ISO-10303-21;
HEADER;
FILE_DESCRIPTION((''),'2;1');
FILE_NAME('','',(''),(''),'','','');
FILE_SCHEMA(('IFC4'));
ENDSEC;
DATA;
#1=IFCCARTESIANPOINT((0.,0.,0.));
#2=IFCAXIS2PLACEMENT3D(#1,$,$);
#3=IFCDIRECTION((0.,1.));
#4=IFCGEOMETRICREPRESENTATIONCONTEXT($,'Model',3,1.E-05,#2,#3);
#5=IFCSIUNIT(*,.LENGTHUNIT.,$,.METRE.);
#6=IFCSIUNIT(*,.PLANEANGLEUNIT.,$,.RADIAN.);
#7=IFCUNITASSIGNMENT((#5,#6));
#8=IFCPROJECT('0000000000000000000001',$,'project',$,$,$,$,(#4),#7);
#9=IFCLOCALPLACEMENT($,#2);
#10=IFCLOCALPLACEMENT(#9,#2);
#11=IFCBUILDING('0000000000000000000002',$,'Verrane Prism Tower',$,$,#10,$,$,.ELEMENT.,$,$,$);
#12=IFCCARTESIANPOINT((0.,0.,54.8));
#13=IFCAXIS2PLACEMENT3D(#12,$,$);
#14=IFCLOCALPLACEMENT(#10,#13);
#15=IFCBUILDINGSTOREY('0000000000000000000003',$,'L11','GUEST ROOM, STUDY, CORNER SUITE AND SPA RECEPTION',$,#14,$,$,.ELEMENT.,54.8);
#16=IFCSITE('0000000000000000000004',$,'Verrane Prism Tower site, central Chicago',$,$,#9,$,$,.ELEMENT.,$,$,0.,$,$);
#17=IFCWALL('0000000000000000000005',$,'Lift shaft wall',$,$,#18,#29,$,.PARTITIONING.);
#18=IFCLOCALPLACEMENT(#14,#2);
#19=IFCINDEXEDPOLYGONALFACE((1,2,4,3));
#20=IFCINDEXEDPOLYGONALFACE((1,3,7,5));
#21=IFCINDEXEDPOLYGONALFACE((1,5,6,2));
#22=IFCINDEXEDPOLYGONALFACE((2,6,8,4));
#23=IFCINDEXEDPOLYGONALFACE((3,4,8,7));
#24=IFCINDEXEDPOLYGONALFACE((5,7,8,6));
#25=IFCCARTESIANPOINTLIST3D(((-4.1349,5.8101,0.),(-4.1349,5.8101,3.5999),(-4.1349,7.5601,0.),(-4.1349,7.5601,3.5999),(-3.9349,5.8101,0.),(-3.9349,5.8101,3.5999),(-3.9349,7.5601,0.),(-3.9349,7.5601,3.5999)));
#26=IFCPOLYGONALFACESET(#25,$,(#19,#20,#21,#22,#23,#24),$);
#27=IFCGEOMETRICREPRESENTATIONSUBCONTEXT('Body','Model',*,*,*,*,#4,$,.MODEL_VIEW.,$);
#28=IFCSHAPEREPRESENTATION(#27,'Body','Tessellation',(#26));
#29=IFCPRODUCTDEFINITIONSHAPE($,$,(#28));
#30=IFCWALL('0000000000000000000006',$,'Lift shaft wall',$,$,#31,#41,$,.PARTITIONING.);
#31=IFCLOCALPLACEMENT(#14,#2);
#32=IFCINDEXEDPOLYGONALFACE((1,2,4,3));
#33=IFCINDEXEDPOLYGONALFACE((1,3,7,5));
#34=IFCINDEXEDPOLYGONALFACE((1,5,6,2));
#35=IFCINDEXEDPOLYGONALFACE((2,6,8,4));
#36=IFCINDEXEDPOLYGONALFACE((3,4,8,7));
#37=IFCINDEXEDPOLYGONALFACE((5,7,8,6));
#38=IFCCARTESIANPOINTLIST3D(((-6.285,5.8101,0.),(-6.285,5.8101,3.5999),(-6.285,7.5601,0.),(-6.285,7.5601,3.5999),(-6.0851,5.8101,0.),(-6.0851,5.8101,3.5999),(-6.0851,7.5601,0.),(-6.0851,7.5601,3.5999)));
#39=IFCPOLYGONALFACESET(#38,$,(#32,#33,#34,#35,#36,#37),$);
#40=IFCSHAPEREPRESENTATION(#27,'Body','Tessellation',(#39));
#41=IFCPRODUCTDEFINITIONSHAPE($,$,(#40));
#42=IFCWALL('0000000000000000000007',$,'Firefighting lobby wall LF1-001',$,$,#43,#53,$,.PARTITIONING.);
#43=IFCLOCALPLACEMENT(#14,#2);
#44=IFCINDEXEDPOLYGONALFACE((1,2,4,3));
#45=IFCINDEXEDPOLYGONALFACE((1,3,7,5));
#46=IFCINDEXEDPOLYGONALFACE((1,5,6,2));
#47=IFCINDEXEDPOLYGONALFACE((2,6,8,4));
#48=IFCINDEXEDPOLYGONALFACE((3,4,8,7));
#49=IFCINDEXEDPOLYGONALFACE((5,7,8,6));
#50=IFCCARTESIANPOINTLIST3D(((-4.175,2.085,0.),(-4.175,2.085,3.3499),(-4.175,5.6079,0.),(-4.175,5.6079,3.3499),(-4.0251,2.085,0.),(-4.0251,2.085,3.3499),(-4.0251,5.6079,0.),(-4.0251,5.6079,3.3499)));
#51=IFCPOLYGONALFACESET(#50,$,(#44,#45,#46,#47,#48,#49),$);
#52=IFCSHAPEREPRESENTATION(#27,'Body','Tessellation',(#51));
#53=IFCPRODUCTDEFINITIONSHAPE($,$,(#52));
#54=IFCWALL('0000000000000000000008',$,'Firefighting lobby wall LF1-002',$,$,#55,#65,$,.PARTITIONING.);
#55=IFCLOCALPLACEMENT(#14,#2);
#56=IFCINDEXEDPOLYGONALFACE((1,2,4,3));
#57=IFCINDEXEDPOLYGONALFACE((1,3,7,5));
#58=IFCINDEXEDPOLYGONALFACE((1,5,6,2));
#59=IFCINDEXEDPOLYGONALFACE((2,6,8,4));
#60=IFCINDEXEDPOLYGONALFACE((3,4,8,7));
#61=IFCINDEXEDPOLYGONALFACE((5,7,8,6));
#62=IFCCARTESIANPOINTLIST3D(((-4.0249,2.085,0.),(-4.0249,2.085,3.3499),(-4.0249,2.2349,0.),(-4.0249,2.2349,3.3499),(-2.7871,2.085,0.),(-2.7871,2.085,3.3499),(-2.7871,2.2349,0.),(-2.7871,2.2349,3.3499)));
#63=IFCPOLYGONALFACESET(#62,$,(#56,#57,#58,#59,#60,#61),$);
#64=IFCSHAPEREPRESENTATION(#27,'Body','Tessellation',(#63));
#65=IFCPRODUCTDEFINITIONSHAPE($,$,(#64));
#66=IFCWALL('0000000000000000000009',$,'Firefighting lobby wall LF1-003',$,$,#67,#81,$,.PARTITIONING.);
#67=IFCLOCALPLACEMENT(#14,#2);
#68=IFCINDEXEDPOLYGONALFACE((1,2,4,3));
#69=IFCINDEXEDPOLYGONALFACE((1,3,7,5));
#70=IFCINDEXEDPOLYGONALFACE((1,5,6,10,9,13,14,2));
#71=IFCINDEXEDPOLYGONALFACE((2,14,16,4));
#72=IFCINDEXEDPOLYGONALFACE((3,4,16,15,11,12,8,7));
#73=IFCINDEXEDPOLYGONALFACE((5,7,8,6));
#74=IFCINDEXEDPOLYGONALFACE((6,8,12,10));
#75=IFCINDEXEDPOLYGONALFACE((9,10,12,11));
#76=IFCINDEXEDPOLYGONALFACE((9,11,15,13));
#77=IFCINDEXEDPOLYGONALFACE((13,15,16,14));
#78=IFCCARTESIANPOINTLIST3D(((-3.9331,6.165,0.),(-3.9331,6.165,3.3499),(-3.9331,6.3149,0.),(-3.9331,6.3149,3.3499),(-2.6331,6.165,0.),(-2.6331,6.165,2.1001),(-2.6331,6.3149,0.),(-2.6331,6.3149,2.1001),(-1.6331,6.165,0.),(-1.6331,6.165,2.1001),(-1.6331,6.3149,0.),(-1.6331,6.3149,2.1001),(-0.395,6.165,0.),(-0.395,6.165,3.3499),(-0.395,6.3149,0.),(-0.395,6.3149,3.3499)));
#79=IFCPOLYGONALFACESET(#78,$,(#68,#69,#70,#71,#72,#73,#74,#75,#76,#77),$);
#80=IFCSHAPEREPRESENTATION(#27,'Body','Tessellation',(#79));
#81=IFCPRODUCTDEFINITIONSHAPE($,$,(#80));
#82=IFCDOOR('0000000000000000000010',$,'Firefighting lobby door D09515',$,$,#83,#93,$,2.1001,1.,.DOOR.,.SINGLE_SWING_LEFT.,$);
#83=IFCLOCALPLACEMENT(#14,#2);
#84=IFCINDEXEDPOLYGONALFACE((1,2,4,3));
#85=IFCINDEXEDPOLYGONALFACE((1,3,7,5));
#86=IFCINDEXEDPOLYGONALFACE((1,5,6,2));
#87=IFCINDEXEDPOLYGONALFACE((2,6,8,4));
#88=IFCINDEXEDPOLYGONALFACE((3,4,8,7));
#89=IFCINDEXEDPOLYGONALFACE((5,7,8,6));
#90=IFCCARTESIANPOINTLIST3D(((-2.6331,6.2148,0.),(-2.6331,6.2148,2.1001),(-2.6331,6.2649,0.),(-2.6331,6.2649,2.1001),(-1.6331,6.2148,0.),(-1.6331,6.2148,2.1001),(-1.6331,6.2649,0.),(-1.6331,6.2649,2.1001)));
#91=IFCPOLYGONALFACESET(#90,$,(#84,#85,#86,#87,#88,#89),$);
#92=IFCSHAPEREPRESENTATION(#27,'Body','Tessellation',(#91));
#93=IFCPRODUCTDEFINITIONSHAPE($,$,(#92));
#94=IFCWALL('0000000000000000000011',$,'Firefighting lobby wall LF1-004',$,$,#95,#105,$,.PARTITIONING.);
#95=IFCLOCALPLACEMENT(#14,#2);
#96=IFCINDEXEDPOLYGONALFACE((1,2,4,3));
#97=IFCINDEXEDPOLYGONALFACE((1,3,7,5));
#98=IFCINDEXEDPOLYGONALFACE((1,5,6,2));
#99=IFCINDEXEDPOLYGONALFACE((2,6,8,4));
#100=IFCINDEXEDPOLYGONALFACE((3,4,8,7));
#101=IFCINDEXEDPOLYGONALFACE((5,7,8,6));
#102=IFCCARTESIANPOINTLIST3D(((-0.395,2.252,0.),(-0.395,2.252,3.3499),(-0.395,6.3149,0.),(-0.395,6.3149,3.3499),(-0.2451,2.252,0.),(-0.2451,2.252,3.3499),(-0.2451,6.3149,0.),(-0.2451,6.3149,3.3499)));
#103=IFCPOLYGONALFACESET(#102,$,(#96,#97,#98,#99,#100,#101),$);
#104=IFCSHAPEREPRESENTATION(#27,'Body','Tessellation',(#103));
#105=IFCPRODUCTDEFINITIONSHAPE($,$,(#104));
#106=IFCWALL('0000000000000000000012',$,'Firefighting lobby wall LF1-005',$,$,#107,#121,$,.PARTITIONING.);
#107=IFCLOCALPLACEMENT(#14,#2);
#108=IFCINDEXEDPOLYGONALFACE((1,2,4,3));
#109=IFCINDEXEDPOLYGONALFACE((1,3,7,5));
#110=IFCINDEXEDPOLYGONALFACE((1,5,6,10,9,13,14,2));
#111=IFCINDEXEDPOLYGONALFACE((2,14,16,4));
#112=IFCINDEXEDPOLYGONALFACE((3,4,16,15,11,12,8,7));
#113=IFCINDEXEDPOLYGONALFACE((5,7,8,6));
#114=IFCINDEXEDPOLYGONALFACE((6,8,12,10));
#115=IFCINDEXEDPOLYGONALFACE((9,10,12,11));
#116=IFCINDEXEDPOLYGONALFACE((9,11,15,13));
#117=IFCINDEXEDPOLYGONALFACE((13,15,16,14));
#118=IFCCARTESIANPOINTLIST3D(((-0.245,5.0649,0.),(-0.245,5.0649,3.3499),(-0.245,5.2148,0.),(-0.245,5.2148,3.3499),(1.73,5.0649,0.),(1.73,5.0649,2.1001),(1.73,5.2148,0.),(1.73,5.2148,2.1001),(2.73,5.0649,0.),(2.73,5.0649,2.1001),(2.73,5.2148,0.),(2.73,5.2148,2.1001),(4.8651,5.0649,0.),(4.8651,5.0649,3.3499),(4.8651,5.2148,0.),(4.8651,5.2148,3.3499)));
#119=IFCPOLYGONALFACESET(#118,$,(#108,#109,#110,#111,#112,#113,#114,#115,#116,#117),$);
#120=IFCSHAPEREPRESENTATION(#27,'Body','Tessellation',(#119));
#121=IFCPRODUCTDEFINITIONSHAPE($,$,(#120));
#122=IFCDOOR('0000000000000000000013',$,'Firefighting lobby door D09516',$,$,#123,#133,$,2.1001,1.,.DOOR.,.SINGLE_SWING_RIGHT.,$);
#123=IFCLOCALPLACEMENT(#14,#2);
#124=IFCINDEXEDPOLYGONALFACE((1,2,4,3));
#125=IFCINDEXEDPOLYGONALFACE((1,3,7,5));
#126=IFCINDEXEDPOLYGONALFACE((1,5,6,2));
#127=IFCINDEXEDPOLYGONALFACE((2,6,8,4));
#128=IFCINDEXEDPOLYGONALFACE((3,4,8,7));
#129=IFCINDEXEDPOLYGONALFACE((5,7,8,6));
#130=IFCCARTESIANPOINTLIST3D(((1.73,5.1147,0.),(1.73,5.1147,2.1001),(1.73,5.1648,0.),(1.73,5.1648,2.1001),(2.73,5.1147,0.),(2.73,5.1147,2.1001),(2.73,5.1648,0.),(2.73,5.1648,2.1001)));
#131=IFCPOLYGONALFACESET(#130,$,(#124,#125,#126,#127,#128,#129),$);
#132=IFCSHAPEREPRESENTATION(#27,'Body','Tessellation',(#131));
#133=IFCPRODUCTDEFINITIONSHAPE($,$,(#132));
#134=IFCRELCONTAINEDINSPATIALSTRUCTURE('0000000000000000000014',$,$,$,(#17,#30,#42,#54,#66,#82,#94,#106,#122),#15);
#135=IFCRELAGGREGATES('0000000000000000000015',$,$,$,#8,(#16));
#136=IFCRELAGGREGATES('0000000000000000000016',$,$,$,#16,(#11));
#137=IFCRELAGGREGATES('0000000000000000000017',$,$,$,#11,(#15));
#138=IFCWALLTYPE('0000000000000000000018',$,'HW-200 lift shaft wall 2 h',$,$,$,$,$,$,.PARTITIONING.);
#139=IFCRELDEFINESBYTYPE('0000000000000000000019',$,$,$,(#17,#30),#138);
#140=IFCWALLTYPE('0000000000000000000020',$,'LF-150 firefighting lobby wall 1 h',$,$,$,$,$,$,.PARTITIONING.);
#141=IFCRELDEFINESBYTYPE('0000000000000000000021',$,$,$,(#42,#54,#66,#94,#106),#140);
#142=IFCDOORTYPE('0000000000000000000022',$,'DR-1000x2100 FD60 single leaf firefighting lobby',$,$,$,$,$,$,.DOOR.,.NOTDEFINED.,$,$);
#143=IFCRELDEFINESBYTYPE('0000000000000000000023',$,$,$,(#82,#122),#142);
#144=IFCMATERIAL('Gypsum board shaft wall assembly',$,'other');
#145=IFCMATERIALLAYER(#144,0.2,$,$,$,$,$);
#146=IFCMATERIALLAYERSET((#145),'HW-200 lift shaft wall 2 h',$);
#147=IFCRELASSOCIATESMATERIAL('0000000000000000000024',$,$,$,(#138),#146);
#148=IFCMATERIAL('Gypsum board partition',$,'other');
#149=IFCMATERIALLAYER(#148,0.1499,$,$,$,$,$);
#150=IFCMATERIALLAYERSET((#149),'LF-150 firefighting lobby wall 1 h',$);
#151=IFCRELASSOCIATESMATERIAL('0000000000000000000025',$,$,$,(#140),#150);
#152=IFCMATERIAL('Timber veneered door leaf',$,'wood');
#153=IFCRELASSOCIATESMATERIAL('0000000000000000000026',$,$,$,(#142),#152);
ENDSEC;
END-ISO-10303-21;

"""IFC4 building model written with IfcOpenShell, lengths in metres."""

from ifc_helpers import new_model, si_unit, direction, frame, frame_2d, origin, place, context, subcontext, project, spatial, rectangle, extrude, material, layer, layer_set, type_object, element, fill, save


model = new_model("IFC4")

# Units and contexts
model_context = context("Model", 3, precision=1e-05, world=origin(), true_north=direction((0.0, 1.0)))
body_context = subcontext(model_context, "Body", "Model", "MODEL_VIEW")
ifc_project = project(units=[si_unit("LENGTHUNIT", "METRE"), si_unit("PLANEANGLEUNIT", "RADIAN")], contexts=[model_context])

# Site, building, storey
site_placement = place(None, origin())
site = spatial("IfcSite", under=ifc_project, at=site_placement, Name="Verrane Prism Tower site, central Chicago", CompositionType="ELEMENT", RefElevation=0.0)
building_placement = place(site_placement, origin())
building = spatial("IfcBuilding", under=site, at=building_placement, Name="Verrane Prism Tower", CompositionType="ELEMENT")
storey_placement = place(building_placement, frame((0.0, 0.0, 54.8)))
storey = spatial("IfcBuildingStorey", under=building, at=storey_placement, Name="L11", Description="GUEST ROOM, STUDY, CORNER SUITE AND SPA RECEPTION", CompositionType="ELEMENT", Elevation=54.8)

# Shared definitions
ifc_material_1 = material(Name="Gypsum board shaft wall assembly", Category="other")
ifc_layer_1 = layer(ifc_material_1, 0.2)
ifc_layer_set_1 = layer_set([ifc_layer_1], Name="HW-200 lift shaft wall 2 h")
wall_type_1 = type_object("IfcWallType", Name="HW-200 lift shaft wall 2 h", PredefinedType="PARTITIONING", material=ifc_layer_set_1)

# Walls
for number, where, z_axis, x_axis, name in (
    (1, (-4.0349, 5.8101, 0.0), (0.0, 0.0, 1.0), (0.0, 1.0, 0.0), "Lift shaft wall"),
    (2, (-6.1851, 5.8101, 0.0), (0.0, 0.0, 1.0), (0.0, 1.0, 0.0), "Lift shaft wall"),
):
    element("IfcWall", number, at=place(storey_placement, frame(where, z_axis=z_axis, x_axis=x_axis)), inside=storey, type_object=wall_type_1, Name=name, PredefinedType="PARTITIONING", context=body_context, shape_type="SweptSolid", body=[
        extrude(rectangle(XDim=1.75, YDim=0.2, at=frame_2d((0.875, 0.0))), origin(), (0.0, 0.0, 1.0), 3.5999),
    ])
ifc_material_2 = material(Name="Gypsum board partition", Category="other")
ifc_layer_2 = layer(ifc_material_2, 0.1499)
ifc_layer_set_2 = layer_set([ifc_layer_2], Name="LF-150 firefighting lobby wall 1 h")
wall_type_2 = type_object("IfcWallType", Name="LF-150 firefighting lobby wall 1 h", PredefinedType="PARTITIONING", material=ifc_layer_set_2)
wall_1_placement = place(storey_placement, frame((-4.1001, 2.085, 0.0), z_axis=(0.0, 0.0, 1.0), x_axis=(0.0, 1.0, 0.0)))
element("IfcWall", 3, at=wall_1_placement, inside=storey, type_object=wall_type_2, Name="Firefighting lobby wall LF1-001", PredefinedType="PARTITIONING", context=body_context, shape_type="SweptSolid", body=[
    extrude(rectangle(XDim=3.5229, YDim=0.1499, at=frame_2d((1.7615, 0.0))), origin(), (0.0, 0.0, 1.0), 3.3499),
])
wall_2_placement = place(storey_placement, frame((-4.0249, 2.1599, 0.0), z_axis=(0.0, 0.0, 1.0), x_axis=(1.0, 0.0, 0.0)))
element("IfcWall", 4, at=wall_2_placement, inside=storey, type_object=wall_type_2, Name="Firefighting lobby wall LF1-002", PredefinedType="PARTITIONING", context=body_context, shape_type="SweptSolid", body=[
    extrude(rectangle(XDim=1.2378, YDim=0.1499, at=frame_2d((0.6189, 0.0))), origin(), (0.0, 0.0, 1.0), 3.3499),
])

# Wall, opening, door
wall_3_placement = place(storey_placement, frame((-3.9331, 6.24, 0.0), z_axis=(0.0, 0.0, 1.0), x_axis=(1.0, 0.0, 0.0)))
wall_3 = element("IfcWall", 5, at=wall_3_placement, inside=storey, type_object=wall_type_2, Name="Firefighting lobby wall LF1-003", PredefinedType="PARTITIONING", context=body_context, shape_type="SweptSolid", body=[
    extrude(rectangle(XDim=3.5381, YDim=0.1499, at=frame_2d((1.769, 0.0))), origin(), (0.0, 0.0, 1.0), 3.3499),
])
opening_1_placement = place(wall_3_placement, frame((1.3, 0.0, 0.0)))
opening_1 = element("IfcOpeningElement", 6, at=opening_1_placement, cuts=wall_3, PredefinedType="OPENING", context=body_context, shape_type="SweptSolid", body=[
    extrude(rectangle(XDim=1.0, YDim=2.1001, at=frame_2d((0.5, 1.05))), frame((0.0, 0.085, 0.0), z_axis=(0.0, -1.0, 0.0), x_axis=(1.0, 0.0, 0.0)), (0.0, 0.0, 1.0), 0.1699),
])
ifc_material_3 = material(Name="Timber veneered door leaf", Category="wood")
door_type_1 = type_object("IfcDoorType", Name="DR-1000x2100 FD60 single leaf firefighting lobby", OperationType="NOTDEFINED", PredefinedType="DOOR", material=ifc_material_3)
door_1_placement = place(opening_1_placement, origin())
door_1 = element("IfcDoor", 7, at=door_1_placement, inside=storey, type_object=door_type_1, Name="Firefighting lobby door D09515", OperationType="SINGLE_SWING_LEFT", OverallHeight=2.1001, OverallWidth=1.0, PredefinedType="DOOR", context=body_context, shape_type="SweptSolid", body=[
    extrude(rectangle(XDim=1.0, YDim=2.1001, at=frame_2d((0.5, 1.05))), frame((0.0, 0.0249, 0.0), z_axis=(0.0, -1.0, 0.0), x_axis=(1.0, 0.0, 0.0)), (0.0, 0.0, 1.0), 0.05),
])
fill(opening_1, door_1)

# Wall
wall_4_placement = place(storey_placement, frame((-0.3201, 2.252, 0.0), z_axis=(0.0, 0.0, 1.0), x_axis=(0.0, 1.0, 0.0)))
element("IfcWall", 8, at=wall_4_placement, inside=storey, type_object=wall_type_2, Name="Firefighting lobby wall LF1-004", PredefinedType="PARTITIONING", context=body_context, shape_type="SweptSolid", body=[
    extrude(rectangle(XDim=4.063, YDim=0.1499, at=frame_2d((2.0315, 0.0))), origin(), (0.0, 0.0, 1.0), 3.3499),
])

# Wall, opening, door
wall_5_placement = place(storey_placement, frame((-0.2451, 5.1399, 0.0), z_axis=(0.0, 0.0, 1.0), x_axis=(1.0, 0.0, 0.0)))
wall_5 = element("IfcWall", 9, at=wall_5_placement, inside=storey, type_object=wall_type_2, Name="Firefighting lobby wall LF1-005", PredefinedType="PARTITIONING", context=body_context, shape_type="SweptSolid", body=[
    extrude(rectangle(XDim=5.1101, YDim=0.1499, at=frame_2d((2.5552, 0.0))), origin(), (0.0, 0.0, 1.0), 3.3499),
])
opening_2_placement = place(wall_5_placement, frame((1.9751, 0.0, 0.0)))
opening_2 = element("IfcOpeningElement", 10, at=opening_2_placement, cuts=wall_5, PredefinedType="OPENING", context=body_context, shape_type="SweptSolid", body=[
    extrude(rectangle(XDim=1.0, YDim=2.1001, at=frame_2d((0.5, 1.05))), frame((0.0, 0.085, 0.0), z_axis=(0.0, -1.0, 0.0), x_axis=(1.0, 0.0, 0.0)), (0.0, 0.0, 1.0), 0.1699),
])
door_2_placement = place(opening_2_placement, origin())
door_2 = element("IfcDoor", 11, at=door_2_placement, inside=storey, type_object=door_type_1, Name="Firefighting lobby door D09516", OperationType="SINGLE_SWING_RIGHT", OverallHeight=2.1001, OverallWidth=1.0, PredefinedType="DOOR", context=body_context, shape_type="SweptSolid", body=[
    extrude(rectangle(XDim=1.0, YDim=2.1001, at=frame_2d((0.5, 1.05))), frame((0.0, 0.0249, 0.0), z_axis=(0.0, -1.0, 0.0), x_axis=(1.0, 0.0, 0.0)), (0.0, 0.0, 1.0), 0.05),
])
fill(opening_2, door_2)

save(model, "model.ifc")
